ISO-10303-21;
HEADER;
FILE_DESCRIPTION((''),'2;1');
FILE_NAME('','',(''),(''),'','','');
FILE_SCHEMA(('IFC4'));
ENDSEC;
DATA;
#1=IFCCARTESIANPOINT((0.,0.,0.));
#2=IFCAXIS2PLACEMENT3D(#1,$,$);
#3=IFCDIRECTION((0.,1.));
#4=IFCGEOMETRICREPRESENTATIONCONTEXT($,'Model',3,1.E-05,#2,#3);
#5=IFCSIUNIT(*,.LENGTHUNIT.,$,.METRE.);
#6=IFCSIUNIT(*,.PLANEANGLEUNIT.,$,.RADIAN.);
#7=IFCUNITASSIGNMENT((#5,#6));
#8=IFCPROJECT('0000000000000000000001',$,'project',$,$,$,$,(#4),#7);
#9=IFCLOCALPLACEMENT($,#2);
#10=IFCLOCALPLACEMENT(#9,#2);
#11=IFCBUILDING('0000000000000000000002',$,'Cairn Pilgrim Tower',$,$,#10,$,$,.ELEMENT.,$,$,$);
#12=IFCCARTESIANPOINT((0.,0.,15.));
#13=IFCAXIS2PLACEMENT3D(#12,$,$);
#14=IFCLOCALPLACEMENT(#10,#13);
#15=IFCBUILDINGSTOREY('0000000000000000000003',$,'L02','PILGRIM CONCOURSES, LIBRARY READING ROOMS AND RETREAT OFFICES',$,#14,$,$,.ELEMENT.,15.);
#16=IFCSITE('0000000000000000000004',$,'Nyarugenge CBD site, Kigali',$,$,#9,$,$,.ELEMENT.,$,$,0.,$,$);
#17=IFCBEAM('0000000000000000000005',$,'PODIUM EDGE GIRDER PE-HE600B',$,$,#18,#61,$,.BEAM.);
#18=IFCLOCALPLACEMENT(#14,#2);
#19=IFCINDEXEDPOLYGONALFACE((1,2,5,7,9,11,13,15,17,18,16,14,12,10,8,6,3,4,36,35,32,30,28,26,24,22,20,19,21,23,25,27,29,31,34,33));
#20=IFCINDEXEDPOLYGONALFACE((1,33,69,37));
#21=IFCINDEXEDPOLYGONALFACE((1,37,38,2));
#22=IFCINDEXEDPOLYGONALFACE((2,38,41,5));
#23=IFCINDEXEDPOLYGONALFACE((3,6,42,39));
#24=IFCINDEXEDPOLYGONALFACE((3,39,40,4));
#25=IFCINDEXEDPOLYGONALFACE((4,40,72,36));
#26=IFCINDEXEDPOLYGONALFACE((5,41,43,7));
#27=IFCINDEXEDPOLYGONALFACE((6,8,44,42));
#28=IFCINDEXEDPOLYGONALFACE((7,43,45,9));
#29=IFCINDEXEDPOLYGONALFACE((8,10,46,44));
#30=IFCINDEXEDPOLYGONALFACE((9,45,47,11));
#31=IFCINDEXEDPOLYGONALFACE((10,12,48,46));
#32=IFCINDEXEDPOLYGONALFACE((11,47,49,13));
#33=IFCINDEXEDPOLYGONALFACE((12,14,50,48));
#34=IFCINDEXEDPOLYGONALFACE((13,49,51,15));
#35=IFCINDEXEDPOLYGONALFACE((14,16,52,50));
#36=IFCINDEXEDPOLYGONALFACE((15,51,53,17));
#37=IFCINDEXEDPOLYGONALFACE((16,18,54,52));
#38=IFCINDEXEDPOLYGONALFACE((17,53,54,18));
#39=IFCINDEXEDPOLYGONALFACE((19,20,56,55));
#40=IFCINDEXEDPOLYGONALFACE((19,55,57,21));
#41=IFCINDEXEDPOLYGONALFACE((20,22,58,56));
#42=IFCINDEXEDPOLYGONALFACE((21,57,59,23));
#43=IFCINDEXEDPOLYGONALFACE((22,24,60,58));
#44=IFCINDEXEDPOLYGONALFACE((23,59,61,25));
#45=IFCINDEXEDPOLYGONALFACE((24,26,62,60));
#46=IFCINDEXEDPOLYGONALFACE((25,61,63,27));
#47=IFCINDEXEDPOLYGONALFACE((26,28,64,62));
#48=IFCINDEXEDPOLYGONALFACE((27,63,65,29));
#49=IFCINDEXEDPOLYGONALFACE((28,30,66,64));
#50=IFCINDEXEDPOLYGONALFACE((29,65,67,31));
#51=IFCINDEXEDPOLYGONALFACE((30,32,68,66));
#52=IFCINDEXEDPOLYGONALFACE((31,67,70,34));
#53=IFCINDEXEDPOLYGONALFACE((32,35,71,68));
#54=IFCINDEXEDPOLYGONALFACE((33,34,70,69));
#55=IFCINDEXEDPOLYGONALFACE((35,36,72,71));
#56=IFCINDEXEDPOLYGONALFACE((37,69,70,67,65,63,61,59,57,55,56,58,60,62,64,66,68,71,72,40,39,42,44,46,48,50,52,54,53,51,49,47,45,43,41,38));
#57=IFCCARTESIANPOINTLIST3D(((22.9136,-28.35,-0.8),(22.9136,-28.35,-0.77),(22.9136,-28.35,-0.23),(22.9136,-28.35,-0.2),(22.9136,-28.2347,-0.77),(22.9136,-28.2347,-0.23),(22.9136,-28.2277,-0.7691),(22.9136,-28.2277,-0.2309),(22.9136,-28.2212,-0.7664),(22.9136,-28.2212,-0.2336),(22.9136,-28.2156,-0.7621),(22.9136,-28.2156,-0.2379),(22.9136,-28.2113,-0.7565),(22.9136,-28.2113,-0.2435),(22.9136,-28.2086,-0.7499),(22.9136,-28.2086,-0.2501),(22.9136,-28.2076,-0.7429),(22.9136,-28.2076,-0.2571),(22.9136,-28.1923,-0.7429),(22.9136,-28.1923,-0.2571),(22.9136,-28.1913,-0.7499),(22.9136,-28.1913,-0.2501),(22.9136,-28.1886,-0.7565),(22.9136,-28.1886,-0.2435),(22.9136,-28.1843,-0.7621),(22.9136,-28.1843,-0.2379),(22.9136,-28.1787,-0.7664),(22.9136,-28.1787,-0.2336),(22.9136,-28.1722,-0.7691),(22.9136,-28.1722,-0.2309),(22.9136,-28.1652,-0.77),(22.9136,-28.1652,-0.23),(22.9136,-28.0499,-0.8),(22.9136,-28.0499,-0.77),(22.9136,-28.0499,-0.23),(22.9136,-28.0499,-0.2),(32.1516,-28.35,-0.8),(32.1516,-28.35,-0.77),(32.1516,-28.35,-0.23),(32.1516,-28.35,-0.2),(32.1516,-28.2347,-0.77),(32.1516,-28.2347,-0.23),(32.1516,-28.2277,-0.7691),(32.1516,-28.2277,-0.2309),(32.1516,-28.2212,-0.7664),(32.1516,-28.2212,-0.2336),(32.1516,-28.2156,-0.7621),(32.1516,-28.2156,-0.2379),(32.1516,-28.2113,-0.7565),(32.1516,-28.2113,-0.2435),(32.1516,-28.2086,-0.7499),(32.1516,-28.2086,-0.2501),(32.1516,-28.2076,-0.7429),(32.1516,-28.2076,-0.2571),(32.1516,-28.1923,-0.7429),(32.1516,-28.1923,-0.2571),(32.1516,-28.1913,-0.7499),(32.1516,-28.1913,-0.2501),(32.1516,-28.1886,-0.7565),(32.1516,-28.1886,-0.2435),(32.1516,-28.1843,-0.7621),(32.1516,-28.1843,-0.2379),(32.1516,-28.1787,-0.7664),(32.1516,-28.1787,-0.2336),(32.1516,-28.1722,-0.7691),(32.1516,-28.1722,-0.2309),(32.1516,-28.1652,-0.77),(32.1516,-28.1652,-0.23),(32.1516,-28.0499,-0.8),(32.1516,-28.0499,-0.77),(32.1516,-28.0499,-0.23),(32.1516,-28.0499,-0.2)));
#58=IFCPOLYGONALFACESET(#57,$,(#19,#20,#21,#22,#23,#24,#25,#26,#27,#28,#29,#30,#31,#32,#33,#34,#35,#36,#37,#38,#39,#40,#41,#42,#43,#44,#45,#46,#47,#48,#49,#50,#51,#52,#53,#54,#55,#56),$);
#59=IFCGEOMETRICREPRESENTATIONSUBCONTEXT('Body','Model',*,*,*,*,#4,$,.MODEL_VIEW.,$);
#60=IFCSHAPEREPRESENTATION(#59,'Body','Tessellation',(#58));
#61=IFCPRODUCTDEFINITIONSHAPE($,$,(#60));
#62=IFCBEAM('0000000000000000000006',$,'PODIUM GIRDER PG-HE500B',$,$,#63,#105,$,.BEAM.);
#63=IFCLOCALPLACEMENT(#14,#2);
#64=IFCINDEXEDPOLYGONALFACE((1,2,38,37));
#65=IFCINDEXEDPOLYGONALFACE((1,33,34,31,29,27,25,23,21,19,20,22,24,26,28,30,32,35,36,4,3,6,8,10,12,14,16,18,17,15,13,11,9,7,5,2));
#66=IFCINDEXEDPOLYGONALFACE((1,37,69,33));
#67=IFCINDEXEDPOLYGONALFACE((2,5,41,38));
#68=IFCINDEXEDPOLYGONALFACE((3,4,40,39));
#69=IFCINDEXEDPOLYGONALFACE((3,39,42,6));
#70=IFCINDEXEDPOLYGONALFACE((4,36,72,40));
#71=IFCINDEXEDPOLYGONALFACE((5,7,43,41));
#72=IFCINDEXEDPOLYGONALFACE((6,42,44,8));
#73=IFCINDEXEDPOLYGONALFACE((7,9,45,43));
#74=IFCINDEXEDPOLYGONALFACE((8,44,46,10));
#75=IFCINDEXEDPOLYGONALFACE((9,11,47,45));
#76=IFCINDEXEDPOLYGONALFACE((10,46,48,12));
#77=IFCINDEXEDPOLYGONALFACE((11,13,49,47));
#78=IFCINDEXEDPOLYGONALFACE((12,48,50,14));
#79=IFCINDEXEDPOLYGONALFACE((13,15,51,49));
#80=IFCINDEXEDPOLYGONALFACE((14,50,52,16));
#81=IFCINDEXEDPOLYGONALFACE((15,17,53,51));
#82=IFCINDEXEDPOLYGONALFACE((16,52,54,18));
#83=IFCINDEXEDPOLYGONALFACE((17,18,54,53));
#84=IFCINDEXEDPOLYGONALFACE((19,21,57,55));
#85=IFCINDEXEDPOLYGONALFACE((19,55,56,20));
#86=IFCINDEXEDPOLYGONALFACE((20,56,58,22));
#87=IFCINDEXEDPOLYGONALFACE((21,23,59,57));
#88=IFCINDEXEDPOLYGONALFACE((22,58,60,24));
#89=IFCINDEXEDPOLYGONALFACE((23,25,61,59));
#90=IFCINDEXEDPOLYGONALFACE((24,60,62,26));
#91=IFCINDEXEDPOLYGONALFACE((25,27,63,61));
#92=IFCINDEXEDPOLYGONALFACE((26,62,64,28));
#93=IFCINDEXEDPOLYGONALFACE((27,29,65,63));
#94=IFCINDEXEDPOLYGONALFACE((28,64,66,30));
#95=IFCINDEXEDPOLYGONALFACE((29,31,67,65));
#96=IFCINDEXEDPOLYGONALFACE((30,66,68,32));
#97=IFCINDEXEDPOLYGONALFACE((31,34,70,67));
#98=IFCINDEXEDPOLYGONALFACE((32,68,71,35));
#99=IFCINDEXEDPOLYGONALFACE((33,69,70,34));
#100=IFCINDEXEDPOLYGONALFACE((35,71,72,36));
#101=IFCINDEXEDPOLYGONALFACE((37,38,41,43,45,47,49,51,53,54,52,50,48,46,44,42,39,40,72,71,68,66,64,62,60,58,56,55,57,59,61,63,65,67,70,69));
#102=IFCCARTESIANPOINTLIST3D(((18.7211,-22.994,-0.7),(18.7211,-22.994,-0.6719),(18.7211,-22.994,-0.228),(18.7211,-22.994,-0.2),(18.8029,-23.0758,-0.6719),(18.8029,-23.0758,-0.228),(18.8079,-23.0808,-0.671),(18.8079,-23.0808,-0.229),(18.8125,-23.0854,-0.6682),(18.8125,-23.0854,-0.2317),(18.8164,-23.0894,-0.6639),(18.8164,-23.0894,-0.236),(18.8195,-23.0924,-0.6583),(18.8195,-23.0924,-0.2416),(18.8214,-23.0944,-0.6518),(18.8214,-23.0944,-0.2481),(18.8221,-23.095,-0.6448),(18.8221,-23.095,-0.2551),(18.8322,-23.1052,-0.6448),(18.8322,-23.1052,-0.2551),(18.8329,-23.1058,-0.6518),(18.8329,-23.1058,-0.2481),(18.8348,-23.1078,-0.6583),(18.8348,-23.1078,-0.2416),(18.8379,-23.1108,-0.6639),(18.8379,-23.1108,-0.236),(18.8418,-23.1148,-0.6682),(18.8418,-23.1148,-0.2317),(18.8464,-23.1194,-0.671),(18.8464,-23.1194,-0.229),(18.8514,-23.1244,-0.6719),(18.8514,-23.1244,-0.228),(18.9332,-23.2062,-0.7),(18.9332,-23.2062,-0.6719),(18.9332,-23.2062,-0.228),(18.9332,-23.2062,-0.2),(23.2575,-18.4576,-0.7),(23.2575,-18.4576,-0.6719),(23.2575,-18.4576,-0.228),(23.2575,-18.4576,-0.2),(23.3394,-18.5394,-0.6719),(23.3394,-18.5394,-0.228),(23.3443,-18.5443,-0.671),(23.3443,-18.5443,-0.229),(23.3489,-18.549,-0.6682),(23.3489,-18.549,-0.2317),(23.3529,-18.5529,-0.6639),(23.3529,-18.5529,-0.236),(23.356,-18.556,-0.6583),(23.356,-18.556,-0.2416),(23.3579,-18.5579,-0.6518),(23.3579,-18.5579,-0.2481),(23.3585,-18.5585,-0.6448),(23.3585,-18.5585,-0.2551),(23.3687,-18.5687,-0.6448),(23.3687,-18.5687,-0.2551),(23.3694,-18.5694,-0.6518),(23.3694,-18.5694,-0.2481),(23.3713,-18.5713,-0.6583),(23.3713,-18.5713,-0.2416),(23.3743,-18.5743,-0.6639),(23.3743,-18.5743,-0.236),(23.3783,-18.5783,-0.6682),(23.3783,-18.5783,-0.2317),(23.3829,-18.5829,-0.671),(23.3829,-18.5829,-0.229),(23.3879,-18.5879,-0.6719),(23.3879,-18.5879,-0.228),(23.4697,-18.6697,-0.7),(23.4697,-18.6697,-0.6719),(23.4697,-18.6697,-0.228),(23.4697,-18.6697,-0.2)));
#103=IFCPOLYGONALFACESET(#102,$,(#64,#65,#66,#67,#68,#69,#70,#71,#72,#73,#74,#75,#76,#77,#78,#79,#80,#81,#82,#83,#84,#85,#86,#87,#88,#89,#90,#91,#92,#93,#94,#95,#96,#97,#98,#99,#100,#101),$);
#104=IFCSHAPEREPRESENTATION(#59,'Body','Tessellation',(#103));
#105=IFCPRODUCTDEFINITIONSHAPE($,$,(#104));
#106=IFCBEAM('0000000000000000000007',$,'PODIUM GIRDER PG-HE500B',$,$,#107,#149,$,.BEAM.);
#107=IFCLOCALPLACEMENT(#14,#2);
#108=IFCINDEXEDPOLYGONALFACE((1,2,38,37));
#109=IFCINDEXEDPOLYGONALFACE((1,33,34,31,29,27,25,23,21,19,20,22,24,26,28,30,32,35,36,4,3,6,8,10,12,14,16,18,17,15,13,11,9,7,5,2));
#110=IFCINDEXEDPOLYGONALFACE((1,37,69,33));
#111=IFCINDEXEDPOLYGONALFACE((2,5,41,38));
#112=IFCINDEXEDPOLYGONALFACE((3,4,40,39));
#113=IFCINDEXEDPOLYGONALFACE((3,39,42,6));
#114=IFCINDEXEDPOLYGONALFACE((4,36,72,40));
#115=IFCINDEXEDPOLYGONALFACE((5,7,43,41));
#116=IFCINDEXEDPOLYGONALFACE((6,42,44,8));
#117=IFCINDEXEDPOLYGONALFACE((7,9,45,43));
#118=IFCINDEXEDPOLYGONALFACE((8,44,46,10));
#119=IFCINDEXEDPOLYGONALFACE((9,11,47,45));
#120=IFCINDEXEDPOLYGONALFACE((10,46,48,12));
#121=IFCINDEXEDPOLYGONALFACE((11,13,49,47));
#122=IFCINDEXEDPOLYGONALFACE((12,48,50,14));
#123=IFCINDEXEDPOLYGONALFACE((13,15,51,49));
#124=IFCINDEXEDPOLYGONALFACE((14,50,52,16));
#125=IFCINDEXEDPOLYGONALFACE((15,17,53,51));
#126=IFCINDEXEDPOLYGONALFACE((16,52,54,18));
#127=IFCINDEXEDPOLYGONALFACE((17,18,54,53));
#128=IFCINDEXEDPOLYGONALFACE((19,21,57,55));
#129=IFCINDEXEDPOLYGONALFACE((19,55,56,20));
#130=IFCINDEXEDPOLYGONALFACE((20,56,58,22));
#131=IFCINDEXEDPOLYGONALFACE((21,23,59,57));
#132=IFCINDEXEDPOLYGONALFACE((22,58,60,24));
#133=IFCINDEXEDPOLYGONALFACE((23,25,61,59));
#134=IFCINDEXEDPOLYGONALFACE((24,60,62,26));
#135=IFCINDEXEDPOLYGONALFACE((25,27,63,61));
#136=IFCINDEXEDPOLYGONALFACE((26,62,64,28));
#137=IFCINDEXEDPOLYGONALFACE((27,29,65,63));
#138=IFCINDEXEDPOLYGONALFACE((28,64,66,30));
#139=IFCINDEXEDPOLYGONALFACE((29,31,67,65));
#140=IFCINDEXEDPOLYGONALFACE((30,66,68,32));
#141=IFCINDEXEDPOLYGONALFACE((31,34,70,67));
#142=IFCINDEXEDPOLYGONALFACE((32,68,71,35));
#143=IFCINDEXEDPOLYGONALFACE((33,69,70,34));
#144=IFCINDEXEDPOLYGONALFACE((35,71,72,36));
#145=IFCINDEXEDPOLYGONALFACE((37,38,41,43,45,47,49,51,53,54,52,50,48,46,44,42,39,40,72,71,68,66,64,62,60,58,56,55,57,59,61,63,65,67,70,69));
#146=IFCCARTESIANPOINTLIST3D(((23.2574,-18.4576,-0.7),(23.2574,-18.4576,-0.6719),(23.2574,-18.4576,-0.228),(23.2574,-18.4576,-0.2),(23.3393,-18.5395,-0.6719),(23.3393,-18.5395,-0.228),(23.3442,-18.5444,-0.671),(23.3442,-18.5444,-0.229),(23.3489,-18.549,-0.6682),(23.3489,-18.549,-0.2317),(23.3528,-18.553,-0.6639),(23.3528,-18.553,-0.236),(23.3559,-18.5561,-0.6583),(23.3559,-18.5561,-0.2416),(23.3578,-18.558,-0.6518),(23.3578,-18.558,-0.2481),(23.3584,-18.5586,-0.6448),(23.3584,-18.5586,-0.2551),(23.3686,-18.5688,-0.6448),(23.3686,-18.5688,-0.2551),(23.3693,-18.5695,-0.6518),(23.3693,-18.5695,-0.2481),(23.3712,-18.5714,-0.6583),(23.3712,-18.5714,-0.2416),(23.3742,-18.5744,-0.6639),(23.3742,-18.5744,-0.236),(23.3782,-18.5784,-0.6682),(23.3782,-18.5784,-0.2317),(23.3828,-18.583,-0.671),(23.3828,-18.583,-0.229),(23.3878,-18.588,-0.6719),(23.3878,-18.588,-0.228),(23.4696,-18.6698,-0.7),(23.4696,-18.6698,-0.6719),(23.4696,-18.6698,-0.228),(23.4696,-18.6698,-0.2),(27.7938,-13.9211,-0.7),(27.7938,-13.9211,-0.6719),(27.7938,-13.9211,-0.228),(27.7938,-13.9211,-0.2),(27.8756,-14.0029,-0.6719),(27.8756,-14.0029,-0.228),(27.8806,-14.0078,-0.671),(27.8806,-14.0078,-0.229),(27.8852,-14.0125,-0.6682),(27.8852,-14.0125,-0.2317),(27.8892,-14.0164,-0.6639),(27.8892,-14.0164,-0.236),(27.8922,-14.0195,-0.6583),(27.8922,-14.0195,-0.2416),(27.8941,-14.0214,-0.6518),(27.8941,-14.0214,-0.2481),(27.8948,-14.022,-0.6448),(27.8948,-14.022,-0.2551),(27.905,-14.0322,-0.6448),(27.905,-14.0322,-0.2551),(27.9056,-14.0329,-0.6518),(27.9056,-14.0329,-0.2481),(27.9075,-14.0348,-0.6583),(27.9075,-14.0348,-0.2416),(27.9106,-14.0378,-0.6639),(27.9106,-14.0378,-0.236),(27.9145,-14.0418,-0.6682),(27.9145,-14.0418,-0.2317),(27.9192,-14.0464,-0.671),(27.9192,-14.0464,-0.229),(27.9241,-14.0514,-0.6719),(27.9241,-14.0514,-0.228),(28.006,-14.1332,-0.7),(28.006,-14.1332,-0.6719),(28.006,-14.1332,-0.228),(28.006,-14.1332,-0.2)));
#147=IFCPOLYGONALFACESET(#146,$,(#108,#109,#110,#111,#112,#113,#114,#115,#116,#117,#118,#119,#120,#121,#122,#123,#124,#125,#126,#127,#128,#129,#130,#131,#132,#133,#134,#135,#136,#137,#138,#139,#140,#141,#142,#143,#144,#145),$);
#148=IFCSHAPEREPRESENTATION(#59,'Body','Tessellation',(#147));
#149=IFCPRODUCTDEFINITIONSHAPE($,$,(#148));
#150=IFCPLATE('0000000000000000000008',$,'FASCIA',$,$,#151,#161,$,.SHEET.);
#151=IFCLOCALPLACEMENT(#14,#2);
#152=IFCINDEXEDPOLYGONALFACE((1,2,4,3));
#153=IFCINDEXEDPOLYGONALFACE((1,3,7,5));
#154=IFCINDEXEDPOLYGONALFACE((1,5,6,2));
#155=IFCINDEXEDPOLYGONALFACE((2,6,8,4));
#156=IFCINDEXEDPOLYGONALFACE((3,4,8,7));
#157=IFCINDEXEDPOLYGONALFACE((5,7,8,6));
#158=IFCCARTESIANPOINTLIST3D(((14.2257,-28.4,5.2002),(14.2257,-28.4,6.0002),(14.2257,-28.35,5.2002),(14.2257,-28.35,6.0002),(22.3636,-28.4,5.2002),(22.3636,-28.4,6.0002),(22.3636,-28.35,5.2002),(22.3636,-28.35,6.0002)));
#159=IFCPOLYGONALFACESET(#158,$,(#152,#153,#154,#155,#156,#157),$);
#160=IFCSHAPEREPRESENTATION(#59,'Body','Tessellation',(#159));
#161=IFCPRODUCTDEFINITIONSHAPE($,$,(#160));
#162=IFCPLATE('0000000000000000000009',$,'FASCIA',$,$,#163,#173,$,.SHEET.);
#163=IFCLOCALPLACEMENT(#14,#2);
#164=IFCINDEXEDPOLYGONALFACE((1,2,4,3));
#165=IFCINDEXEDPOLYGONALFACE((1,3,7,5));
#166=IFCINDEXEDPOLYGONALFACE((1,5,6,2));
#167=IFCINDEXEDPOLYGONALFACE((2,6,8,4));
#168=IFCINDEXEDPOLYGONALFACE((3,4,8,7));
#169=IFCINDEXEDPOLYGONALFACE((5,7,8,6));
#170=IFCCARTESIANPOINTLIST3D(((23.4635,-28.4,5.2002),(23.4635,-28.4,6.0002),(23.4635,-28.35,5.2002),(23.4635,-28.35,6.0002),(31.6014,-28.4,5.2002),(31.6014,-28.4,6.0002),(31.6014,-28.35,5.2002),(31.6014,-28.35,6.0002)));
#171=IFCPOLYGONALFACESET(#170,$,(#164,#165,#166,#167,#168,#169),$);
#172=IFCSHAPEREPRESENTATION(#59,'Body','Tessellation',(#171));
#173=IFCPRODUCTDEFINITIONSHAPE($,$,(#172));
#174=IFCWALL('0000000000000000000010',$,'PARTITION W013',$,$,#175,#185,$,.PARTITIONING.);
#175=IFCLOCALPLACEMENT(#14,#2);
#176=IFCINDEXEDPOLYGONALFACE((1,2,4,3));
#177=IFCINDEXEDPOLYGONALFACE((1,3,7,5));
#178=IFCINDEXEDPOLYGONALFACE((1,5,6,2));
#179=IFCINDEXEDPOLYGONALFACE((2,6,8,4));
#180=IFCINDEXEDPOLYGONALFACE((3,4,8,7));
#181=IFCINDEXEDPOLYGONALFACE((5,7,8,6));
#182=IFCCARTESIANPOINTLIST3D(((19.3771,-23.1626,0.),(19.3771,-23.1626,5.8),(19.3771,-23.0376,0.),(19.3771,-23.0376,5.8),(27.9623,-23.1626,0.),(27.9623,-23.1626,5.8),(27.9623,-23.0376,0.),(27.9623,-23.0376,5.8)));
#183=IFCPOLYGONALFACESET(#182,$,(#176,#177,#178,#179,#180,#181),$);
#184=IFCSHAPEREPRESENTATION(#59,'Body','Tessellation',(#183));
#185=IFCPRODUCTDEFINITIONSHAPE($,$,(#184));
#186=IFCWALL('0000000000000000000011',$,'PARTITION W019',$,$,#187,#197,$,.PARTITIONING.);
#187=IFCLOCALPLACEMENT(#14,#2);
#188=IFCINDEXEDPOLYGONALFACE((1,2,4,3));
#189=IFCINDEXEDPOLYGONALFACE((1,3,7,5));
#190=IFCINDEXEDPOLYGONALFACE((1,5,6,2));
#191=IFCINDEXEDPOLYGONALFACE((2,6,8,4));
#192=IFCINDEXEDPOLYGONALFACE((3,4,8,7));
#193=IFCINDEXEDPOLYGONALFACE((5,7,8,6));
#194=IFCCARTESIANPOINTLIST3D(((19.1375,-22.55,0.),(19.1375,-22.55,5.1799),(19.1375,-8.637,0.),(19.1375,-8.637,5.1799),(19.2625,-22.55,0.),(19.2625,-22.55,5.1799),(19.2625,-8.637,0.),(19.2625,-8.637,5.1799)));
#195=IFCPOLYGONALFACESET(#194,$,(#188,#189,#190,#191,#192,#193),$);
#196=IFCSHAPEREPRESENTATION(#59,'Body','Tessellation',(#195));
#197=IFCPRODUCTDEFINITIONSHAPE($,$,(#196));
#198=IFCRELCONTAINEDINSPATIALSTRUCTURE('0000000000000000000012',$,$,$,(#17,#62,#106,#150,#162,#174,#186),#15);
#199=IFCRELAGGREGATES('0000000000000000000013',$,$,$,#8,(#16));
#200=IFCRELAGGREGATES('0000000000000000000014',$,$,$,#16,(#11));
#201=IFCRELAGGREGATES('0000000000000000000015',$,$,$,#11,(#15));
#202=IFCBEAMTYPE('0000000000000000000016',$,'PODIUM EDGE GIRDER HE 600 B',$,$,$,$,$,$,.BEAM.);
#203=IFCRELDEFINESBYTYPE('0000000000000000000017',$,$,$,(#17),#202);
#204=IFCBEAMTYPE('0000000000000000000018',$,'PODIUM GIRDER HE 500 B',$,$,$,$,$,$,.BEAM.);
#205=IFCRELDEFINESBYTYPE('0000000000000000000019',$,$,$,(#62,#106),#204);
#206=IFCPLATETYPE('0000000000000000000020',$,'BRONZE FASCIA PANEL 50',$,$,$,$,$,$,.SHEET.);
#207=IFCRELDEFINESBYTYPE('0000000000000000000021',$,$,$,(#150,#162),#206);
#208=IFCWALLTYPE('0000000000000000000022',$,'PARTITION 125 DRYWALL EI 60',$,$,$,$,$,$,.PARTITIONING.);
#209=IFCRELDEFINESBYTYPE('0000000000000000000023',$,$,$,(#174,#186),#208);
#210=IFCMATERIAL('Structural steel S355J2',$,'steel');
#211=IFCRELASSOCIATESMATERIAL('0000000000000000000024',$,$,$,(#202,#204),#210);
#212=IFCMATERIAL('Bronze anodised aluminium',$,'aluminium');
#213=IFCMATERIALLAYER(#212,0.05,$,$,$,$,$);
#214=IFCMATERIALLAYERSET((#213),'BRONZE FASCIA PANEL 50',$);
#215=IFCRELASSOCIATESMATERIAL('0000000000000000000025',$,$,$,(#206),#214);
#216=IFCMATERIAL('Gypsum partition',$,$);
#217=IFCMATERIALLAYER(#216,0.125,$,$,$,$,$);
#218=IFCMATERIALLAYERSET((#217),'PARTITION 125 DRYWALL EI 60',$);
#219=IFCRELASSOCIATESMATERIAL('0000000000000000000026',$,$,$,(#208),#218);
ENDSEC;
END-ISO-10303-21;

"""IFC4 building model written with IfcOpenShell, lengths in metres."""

from ifc_helpers import new_model, si_unit, direction, frame, frame_2d, origin, origin_2d, place, context, subcontext, project, spatial, rectangle, i_section, extrude, material, layer, layer_set, material_profile, profile_set, type_object, element, save


model = new_model("IFC4")

# Units and contexts
model_context = context("Model", 3, precision=1e-05, world=origin(), true_north=direction((0.0, 1.0)))
body_context = subcontext(model_context, "Body", "Model", "MODEL_VIEW")
ifc_project = project(units=[si_unit("LENGTHUNIT", "METRE"), si_unit("PLANEANGLEUNIT", "RADIAN")], contexts=[model_context])

# Site, building, storey
site_placement = place(None, origin())
site = spatial("IfcSite", under=ifc_project, at=site_placement, Name="Nyarugenge CBD site, Kigali", CompositionType="ELEMENT", RefElevation=0.0)
building_placement = place(site_placement, origin())
building = spatial("IfcBuilding", under=site, at=building_placement, Name="Cairn Pilgrim Tower", CompositionType="ELEMENT")
storey_placement = place(building_placement, frame((0.0, 0.0, 15.0)))
storey = spatial("IfcBuildingStorey", under=building, at=storey_placement, Name="L02", Description="PILGRIM CONCOURSES, LIBRARY READING ROOMS AND RETREAT OFFICES", CompositionType="ELEMENT", Elevation=15.0)

# Beams
ifc_material_1 = material(Name="Structural steel S355J2", Category="steel")
ifc_material_profile_1 = material_profile(ifc_material_1, i_section(OverallWidth=0.3, OverallDepth=0.6001, WebThickness=0.0154, FlangeThickness=0.03, FilletRadius=0.0271, at=origin_2d()), Name="HEB 600")
ifc_profile_set_1 = profile_set([ifc_material_profile_1], Name="Structural steel S355J2")
beam_type_1 = type_object("IfcBeamType", Name="PODIUM EDGE GIRDER HE 600 B", PredefinedType="BEAM", material=ifc_profile_set_1)
beam_1_placement = place(storey_placement, frame((22.9136, -28.2, -0.5), z_axis=(1.0, 0.0, 0.0), x_axis=(0.0, 1.0, 0.0)))
element("IfcBeam", 1, at=beam_1_placement, inside=storey, type_object=beam_type_1, Name="PODIUM EDGE GIRDER PE-HE600B", PredefinedType="BEAM", context=body_context, shape_type="SweptSolid", body=[
    extrude(i_section(OverallWidth=0.3, OverallDepth=0.6001, WebThickness=0.0154, FlangeThickness=0.03, FilletRadius=0.0271, at=origin_2d()), origin(), (0.0, 0.0, 1.0), 9.238),
])
ifc_material_profile_2 = material_profile(ifc_material_1, i_section(OverallWidth=0.3, OverallDepth=0.5, WebThickness=0.0144, FlangeThickness=0.0281, FilletRadius=0.0271, at=origin_2d()), Name="HEB 500")
ifc_profile_set_2 = profile_set([ifc_material_profile_2], Name="Structural steel S355J2")
beam_type_2 = type_object("IfcBeamType", Name="PODIUM GIRDER HE 500 B", PredefinedType="BEAM", material=ifc_profile_set_2)
for number, where, z_axis, x_axis, name in (
    (2, (18.8271, -23.1001, -0.45), (0.707107, 0.707107, 0.0), (-0.707107, 0.707107, 0.0), "PODIUM GIRDER PG-HE500B"),
    (3, (23.3635, -18.5637, -0.45), (0.707088, 0.707126, 0.0), (-0.707126, 0.707088, 0.0), "PODIUM GIRDER PG-HE500B"),
):
    element("IfcBeam", number, at=place(storey_placement, frame(where, z_axis=z_axis, x_axis=x_axis)), inside=storey, type_object=beam_type_2, Name=name, PredefinedType="BEAM", context=body_context, shape_type="SweptSolid", body=[
        extrude(i_section(OverallWidth=0.3, OverallDepth=0.5, WebThickness=0.0144, FlangeThickness=0.0281, FilletRadius=0.0271, at=origin_2d()), origin(), (0.0, 0.0, 1.0), 6.4155),
    ])

# Plates
ifc_material_2 = material(Name="Bronze anodised aluminium", Category="aluminium")
ifc_layer_1 = layer(ifc_material_2, 0.05)
ifc_layer_set_1 = layer_set([ifc_layer_1], Name="BRONZE FASCIA PANEL 50")
plate_type = type_object("IfcPlateType", Name="BRONZE FASCIA PANEL 50", PredefinedType="SHEET", material=ifc_layer_set_1)
for number, where, z_axis, x_axis, name in (
    (4, (18.2947, -28.375, 5.2002), (0.0, 0.0, 1.0), (1.0, 0.0, 0.0), "FASCIA"),
    (5, (27.5325, -28.375, 5.2002), (0.0, 0.0, 1.0), (1.0, 0.0, 0.0), "FASCIA"),
):
    element("IfcPlate", number, at=place(storey_placement, frame(where, z_axis=z_axis, x_axis=x_axis)), inside=storey, type_object=plate_type, Name=name, PredefinedType="SHEET", context=body_context, shape_type="SweptSolid", body=[
        extrude(rectangle(XDim=8.1379, YDim=0.05, at=origin_2d()), origin(), (0.0, 0.0, 1.0), 0.8),
    ])

# Walls
ifc_material_3 = material(Name="Gypsum partition")
ifc_layer_2 = layer(ifc_material_3, 0.125)
ifc_layer_set_2 = layer_set([ifc_layer_2], Name="PARTITION 125 DRYWALL EI 60")
wall_type_1 = type_object("IfcWallType", Name="PARTITION 125 DRYWALL EI 60", PredefinedType="PARTITIONING", material=ifc_layer_set_2)
wall_1_placement = place(storey_placement, frame((19.3772, -23.1001, 0.0), z_axis=(0.0, 0.0, 1.0), x_axis=(1.0, 0.0, 0.0)))
element("IfcWall", 6, at=wall_1_placement, inside=storey, type_object=wall_type_1, Name="PARTITION W013", PredefinedType="PARTITIONING", context=body_context, shape_type="SweptSolid", body=[
    extrude(rectangle(XDim=8.5852, YDim=0.125, at=frame_2d((4.2925, 0.0))), origin(), (0.0, 0.0, 1.0), 5.8),
])
wall_2_placement = place(storey_placement, frame((19.2, -22.55, 0.0), z_axis=(0.0, 0.0, 1.0), x_axis=(0.0, 1.0, 0.0)))
element("IfcWall", 7, at=wall_2_placement, inside=storey, type_object=wall_type_1, Name="PARTITION W019", PredefinedType="PARTITIONING", context=body_context, shape_type="SweptSolid", body=[
    extrude(rectangle(XDim=13.9131, YDim=0.125, at=frame_2d((6.9565, 0.0))), origin(), (0.0, 0.0, 1.0), 5.1799),
])

save(model, "model.ifc")
